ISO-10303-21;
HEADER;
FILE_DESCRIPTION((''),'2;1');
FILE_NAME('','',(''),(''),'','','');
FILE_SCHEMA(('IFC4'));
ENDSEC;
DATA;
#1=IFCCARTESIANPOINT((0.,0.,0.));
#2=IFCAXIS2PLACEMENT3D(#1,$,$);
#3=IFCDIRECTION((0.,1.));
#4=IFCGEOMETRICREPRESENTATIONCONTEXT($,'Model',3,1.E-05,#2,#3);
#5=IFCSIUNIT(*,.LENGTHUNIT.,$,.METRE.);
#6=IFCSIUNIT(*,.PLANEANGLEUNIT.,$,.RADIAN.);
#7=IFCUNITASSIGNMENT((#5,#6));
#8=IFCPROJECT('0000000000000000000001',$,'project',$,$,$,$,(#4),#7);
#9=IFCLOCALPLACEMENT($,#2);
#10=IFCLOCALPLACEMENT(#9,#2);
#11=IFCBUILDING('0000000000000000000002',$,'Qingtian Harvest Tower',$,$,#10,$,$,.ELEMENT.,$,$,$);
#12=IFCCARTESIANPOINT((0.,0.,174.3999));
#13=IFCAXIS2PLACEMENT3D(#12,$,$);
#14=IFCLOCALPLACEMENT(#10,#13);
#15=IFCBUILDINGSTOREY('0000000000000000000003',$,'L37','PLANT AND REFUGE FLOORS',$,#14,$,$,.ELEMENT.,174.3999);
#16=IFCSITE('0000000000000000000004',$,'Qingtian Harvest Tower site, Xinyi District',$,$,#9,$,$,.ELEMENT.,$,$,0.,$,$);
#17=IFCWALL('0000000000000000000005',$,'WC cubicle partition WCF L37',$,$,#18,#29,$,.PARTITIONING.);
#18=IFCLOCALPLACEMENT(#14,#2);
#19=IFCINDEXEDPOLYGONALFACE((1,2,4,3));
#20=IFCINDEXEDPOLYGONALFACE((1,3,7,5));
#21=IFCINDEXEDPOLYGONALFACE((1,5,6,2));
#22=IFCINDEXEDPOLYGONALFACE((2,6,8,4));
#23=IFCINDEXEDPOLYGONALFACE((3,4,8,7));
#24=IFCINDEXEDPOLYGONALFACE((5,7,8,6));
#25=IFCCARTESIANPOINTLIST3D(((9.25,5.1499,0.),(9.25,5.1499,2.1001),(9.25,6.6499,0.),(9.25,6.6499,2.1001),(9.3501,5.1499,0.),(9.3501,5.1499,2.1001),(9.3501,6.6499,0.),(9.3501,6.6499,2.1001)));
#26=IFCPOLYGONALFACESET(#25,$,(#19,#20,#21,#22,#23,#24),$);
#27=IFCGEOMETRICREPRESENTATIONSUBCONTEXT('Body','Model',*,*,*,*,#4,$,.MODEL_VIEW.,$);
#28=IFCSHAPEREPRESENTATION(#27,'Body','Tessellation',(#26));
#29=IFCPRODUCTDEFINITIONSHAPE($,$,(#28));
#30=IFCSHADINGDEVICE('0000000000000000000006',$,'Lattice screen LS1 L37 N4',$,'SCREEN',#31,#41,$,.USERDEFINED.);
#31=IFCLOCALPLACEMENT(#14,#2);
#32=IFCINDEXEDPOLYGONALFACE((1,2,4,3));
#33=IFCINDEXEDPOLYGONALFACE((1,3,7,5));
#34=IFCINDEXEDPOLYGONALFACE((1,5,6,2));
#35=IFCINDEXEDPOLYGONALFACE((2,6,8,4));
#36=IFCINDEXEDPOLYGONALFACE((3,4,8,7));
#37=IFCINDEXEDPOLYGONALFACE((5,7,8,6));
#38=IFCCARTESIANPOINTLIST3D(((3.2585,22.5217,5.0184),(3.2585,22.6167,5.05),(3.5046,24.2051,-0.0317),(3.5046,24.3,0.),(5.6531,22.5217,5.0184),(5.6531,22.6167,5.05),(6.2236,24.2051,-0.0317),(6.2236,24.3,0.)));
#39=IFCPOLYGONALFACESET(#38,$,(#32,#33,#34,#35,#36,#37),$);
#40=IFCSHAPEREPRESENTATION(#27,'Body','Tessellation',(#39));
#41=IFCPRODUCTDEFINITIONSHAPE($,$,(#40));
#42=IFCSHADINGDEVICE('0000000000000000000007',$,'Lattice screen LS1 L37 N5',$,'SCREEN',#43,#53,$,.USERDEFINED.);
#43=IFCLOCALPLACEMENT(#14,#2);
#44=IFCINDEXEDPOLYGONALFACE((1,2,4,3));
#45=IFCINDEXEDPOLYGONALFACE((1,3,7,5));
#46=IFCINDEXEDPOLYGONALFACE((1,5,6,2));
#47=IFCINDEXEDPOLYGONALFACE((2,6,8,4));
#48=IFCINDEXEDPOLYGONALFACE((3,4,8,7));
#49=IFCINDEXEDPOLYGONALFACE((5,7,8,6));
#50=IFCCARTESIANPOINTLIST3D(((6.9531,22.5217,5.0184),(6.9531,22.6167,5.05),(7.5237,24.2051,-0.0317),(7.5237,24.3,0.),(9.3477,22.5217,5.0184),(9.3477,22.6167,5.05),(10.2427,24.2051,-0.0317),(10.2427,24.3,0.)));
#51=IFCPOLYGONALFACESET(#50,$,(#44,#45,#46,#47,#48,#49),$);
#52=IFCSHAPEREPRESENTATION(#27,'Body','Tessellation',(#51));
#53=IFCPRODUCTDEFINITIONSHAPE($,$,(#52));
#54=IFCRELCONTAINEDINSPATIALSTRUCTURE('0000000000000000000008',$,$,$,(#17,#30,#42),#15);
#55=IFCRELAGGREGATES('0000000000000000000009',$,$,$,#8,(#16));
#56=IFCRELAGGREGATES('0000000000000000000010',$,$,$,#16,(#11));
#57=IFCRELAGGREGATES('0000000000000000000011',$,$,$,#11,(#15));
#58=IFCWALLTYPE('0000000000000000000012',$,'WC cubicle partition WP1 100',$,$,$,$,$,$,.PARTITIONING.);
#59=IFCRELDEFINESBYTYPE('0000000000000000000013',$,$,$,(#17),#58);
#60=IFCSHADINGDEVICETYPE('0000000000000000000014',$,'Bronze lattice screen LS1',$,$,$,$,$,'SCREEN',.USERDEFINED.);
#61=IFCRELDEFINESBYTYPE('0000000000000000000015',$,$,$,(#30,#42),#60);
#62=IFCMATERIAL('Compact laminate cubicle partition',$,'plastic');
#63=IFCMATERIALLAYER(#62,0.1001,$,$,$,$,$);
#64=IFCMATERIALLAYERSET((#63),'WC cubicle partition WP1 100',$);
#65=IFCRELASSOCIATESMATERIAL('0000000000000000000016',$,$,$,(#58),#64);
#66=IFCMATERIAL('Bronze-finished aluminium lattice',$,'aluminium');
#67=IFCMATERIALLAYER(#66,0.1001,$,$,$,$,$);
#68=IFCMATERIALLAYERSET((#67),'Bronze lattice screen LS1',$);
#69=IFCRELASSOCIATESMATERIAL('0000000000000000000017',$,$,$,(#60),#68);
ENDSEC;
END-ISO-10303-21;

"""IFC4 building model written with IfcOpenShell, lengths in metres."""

from ifc_helpers import new_model, si_unit, direction, frame, frame_2d, origin, place, context, subcontext, project, spatial, polyline, rectangle, outline, extrude, material, layer, layer_set, type_object, element, save


model = new_model("IFC4")

# Units and contexts
model_context = context("Model", 3, precision=1e-05, world=origin(), true_north=direction((0.0, 1.0)))
body_context = subcontext(model_context, "Body", "Model", "MODEL_VIEW")
ifc_project = project(units=[si_unit("LENGTHUNIT", "METRE"), si_unit("PLANEANGLEUNIT", "RADIAN")], contexts=[model_context])

# Site, building, storey
site_placement = place(None, origin())
site = spatial("IfcSite", under=ifc_project, at=site_placement, Name="Qingtian Harvest Tower site, Xinyi District", CompositionType="ELEMENT", RefElevation=0.0)
building_placement = place(site_placement, origin())
building = spatial("IfcBuilding", under=site, at=building_placement, Name="Qingtian Harvest Tower", CompositionType="ELEMENT")
storey_placement = place(building_placement, frame((0.0, 0.0, 174.3999)))
storey = spatial("IfcBuildingStorey", under=building, at=storey_placement, Name="L37", Description="PLANT AND REFUGE FLOORS", CompositionType="ELEMENT", Elevation=174.3999)

# Wall
ifc_material_1 = material(Name="Compact laminate cubicle partition", Category="plastic")
ifc_layer_1 = layer(ifc_material_1, 0.1001)
ifc_layer_set_1 = layer_set([ifc_layer_1], Name="WC cubicle partition WP1 100")
wall_type_1 = type_object("IfcWallType", Name="WC cubicle partition WP1 100", PredefinedType="PARTITIONING", material=ifc_layer_set_1)
for number, where, z_axis, x_axis, name in (
    (1, (9.3, 5.1499, 0.0), (0.0, 0.0, 1.0), (0.0, 1.0, 0.0), "WC cubicle partition WCF L37"),
):
    element("IfcWall", number, at=place(storey_placement, frame(where, z_axis=z_axis, x_axis=x_axis)), inside=storey, type_object=wall_type_1, Name=name, PredefinedType="PARTITIONING", context=body_context, shape_type="SweptSolid", body=[
        extrude(rectangle(XDim=1.5, YDim=0.1001, at=frame_2d((0.75, 0.0))), origin(), (0.0, 0.0, 1.0), 2.1001),
    ])

# Shading devices
ifc_material_2 = material(Name="Bronze-finished aluminium lattice", Category="aluminium")
ifc_layer_2 = layer(ifc_material_2, 0.1001)
ifc_layer_set_2 = layer_set([ifc_layer_2], Name="Bronze lattice screen LS1")
shading_device_type = type_object("IfcShadingDeviceType", Name="Bronze lattice screen LS1", ElementType="SCREEN", PredefinedType="USERDEFINED", material=ifc_layer_set_2)
shading_device_1_placement = place(storey_placement, frame((3.5046, 24.3, 0.0), z_axis=(0.0, 0.948683, 0.316228), x_axis=(1.0, 0.0, 0.0)))
element("IfcShadingDevice", 2, at=shading_device_1_placement, inside=storey, type_object=shading_device_type, Name="Lattice screen LS1 L37 N4", ObjectType="SCREEN", PredefinedType="USERDEFINED", context=body_context, shape_type="SweptSolid", body=[
    extrude(outline(polyline([(0.0, 0.0), (2.719, 0.0), (2.1484, -5.3232), (-0.2461, -5.3232), (0.0, 0.0)])), origin(), (0.0, 0.0, -1.0), 0.1001),
])
shading_device_2_placement = place(storey_placement, frame((7.5237, 24.3, 0.0), z_axis=(0.0, 0.948683, 0.316228), x_axis=(1.0, 0.0, 0.0)))
element("IfcShadingDevice", 3, at=shading_device_2_placement, inside=storey, type_object=shading_device_type, Name="Lattice screen LS1 L37 N5", ObjectType="SCREEN", PredefinedType="USERDEFINED", context=body_context, shape_type="SweptSolid", body=[
    extrude(outline(polyline([(0.0, 0.0), (2.719, 0.0), (1.824, -5.3232), (-0.5706, -5.3232), (0.0, 0.0)])), origin(), (0.0, 0.0, -1.0), 0.1001),
])

save(model, "model.ifc")
